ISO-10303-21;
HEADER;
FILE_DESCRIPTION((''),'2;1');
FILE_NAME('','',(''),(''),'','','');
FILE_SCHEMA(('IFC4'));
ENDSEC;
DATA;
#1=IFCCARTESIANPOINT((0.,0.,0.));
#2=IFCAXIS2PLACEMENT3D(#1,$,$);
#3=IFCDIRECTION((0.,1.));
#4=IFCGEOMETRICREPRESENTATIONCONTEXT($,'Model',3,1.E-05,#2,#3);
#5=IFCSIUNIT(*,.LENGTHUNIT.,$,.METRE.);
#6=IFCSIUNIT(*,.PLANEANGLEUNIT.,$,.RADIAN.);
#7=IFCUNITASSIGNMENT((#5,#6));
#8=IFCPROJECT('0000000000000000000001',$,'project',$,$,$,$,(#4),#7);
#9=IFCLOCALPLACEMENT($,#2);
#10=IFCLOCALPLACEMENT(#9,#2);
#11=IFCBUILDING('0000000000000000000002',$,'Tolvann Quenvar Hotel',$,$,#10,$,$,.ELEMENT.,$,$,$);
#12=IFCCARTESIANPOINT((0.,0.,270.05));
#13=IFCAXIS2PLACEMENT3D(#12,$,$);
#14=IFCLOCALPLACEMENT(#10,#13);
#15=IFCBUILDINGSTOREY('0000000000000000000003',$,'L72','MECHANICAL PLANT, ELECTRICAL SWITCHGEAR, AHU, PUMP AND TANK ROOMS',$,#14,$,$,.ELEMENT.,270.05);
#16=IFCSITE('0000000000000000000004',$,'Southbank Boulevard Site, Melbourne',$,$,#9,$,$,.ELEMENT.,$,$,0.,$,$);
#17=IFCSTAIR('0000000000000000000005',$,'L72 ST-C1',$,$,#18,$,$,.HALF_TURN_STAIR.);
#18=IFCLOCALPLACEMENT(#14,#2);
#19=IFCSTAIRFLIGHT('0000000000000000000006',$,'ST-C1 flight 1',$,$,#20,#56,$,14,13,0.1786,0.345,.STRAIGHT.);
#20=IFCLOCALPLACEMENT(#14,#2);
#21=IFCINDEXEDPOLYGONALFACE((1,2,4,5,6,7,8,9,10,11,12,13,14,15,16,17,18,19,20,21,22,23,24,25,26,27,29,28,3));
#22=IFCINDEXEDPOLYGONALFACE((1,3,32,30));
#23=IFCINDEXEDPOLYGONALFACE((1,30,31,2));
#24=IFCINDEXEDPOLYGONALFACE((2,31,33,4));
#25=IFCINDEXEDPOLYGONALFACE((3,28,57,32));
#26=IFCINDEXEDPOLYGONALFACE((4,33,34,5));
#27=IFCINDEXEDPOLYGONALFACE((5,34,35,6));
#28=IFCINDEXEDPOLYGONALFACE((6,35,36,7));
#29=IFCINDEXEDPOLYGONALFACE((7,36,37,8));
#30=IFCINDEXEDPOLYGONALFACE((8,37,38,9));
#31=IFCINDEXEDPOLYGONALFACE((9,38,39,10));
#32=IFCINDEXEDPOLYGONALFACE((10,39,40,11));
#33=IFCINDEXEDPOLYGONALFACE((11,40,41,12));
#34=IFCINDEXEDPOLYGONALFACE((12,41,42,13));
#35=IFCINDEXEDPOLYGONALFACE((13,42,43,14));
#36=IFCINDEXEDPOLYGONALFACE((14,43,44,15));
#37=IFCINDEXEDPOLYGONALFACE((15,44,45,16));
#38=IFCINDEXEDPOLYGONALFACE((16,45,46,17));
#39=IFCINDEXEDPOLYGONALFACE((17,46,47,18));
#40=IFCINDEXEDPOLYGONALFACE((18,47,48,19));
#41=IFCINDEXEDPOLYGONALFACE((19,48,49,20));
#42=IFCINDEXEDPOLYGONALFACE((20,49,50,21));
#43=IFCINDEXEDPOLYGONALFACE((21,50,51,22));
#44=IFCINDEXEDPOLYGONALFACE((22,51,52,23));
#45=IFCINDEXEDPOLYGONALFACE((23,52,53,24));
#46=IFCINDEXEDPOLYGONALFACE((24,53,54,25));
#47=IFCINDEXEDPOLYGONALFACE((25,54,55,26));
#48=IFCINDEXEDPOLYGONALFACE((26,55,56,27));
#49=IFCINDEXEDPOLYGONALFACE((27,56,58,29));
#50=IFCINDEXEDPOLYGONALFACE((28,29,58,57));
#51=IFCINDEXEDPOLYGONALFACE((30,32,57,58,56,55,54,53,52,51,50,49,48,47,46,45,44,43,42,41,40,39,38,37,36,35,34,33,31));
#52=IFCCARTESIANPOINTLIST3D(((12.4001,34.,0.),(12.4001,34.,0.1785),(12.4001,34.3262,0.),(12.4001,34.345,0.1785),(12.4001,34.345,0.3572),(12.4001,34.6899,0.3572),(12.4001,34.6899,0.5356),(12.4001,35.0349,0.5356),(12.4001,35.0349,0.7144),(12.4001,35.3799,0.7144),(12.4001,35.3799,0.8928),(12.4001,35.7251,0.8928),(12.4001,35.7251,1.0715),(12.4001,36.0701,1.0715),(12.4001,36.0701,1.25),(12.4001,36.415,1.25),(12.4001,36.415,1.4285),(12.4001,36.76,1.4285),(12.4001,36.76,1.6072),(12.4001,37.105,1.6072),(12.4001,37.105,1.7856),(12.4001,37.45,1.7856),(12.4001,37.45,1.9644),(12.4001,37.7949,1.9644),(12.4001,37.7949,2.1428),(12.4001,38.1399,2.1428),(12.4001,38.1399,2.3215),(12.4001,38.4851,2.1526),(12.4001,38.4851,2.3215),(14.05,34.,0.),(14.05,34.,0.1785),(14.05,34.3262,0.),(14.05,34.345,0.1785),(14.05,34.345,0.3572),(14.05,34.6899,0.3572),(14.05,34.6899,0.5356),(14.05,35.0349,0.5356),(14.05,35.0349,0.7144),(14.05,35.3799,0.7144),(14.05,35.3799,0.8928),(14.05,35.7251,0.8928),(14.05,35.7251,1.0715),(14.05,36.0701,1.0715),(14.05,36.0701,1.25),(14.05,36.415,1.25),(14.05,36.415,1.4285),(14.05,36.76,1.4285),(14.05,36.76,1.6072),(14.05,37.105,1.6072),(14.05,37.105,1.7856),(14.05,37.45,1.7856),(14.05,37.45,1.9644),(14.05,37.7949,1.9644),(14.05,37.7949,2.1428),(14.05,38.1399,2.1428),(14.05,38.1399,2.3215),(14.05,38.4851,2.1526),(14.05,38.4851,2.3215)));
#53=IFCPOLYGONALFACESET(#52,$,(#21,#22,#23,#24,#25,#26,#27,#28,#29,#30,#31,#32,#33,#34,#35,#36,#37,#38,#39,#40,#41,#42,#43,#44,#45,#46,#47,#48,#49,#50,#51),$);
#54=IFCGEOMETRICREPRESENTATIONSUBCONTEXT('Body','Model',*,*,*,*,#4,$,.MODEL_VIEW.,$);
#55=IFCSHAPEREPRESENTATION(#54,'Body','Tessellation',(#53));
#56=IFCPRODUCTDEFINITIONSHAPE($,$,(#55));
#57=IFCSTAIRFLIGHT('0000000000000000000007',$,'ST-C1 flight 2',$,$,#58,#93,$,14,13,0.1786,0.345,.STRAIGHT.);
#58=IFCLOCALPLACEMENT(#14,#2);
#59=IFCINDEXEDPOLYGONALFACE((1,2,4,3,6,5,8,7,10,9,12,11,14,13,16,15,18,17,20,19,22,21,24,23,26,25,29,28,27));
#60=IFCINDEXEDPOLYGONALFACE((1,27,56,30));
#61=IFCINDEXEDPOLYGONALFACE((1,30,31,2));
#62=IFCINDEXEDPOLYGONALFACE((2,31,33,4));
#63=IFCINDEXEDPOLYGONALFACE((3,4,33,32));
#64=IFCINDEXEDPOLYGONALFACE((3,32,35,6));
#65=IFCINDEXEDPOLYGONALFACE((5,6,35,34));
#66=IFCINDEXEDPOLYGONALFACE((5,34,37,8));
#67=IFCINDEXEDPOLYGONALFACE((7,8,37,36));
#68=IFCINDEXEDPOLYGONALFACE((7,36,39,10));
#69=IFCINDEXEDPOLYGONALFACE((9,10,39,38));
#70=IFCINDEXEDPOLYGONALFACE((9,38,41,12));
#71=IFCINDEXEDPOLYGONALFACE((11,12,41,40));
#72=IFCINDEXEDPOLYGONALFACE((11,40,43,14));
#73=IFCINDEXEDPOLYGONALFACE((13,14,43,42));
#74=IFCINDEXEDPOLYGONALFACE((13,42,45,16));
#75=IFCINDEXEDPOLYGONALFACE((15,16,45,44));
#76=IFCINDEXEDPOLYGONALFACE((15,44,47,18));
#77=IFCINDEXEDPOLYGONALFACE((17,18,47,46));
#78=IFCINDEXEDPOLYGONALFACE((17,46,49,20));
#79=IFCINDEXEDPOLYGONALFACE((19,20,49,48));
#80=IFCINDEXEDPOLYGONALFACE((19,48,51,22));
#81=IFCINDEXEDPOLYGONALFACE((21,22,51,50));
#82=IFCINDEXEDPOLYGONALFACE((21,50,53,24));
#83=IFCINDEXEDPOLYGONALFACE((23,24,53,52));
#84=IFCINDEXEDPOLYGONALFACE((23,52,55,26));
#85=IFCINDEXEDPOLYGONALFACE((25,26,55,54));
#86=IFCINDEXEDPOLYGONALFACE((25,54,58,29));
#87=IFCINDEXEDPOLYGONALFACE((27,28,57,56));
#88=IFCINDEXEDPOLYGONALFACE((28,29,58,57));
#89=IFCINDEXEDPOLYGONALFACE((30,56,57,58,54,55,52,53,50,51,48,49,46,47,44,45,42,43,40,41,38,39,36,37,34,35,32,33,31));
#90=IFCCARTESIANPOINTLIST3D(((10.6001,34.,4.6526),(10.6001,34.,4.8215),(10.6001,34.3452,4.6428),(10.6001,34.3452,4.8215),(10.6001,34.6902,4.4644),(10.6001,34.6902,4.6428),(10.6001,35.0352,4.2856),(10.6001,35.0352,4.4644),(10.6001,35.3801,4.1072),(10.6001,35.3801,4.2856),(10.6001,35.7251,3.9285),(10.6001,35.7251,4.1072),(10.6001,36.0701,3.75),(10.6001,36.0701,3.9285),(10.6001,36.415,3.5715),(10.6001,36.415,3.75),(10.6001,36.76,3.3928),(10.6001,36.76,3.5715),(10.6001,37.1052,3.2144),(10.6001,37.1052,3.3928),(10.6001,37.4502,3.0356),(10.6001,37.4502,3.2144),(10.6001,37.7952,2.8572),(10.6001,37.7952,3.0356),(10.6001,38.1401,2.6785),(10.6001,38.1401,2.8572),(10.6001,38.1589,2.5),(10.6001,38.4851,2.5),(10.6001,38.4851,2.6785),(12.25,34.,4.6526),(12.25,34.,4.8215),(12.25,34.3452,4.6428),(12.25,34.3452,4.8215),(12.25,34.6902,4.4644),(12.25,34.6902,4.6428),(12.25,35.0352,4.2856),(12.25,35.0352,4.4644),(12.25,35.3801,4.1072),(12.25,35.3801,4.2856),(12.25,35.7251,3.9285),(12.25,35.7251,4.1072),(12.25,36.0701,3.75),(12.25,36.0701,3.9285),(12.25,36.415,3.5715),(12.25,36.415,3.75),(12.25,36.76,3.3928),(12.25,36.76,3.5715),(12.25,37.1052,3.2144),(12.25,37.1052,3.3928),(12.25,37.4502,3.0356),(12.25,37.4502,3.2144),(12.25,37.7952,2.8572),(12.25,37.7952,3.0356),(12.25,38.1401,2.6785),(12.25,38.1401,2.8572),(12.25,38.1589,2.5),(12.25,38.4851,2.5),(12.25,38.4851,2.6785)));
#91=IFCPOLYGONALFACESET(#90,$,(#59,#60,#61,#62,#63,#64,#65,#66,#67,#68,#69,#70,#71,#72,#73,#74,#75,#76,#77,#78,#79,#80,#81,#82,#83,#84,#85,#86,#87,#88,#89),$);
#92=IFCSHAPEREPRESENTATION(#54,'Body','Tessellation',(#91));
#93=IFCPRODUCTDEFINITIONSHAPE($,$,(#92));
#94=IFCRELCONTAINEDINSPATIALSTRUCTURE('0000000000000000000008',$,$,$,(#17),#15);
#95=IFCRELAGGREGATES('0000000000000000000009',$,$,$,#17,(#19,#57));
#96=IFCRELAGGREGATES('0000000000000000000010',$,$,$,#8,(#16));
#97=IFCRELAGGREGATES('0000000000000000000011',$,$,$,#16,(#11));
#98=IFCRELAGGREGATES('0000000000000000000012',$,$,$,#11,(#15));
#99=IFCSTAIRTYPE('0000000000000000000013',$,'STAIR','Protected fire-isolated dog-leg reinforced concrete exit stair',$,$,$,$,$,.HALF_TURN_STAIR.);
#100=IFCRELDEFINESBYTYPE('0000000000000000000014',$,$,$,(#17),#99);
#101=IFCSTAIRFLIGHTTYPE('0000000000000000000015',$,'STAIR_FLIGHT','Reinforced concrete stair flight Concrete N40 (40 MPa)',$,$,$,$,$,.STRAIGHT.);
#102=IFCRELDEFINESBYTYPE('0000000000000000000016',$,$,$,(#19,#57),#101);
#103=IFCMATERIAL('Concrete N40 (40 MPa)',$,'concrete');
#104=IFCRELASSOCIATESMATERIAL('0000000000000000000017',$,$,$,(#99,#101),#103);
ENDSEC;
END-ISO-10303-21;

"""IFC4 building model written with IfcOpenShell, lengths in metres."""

from ifc_helpers import new_model, si_unit, direction, frame, origin, place, context, subcontext, project, spatial, polyline, outline, extrude, material, type_object, element, aggregate, save


model = new_model("IFC4")

# Units and contexts
model_context = context("Model", 3, precision=1e-05, world=origin(), true_north=direction((0.0, 1.0)))
body_context = subcontext(model_context, "Body", "Model", "MODEL_VIEW")
ifc_project = project(units=[si_unit("LENGTHUNIT", "METRE"), si_unit("PLANEANGLEUNIT", "RADIAN")], contexts=[model_context])

# Site, building, storey
site_placement = place(None, origin())
site = spatial("IfcSite", under=ifc_project, at=site_placement, Name="Southbank Boulevard Site, Melbourne", CompositionType="ELEMENT", RefElevation=0.0)
building_placement = place(site_placement, origin())
building = spatial("IfcBuilding", under=site, at=building_placement, Name="Tolvann Quenvar Hotel", CompositionType="ELEMENT")
storey_placement = place(building_placement, frame((0.0, 0.0, 270.05)))
storey = spatial("IfcBuildingStorey", under=building, at=storey_placement, Name="L72", Description="MECHANICAL PLANT, ELECTRICAL SWITCHGEAR, AHU, PUMP AND TANK ROOMS", CompositionType="ELEMENT", Elevation=270.05)

# Shared definitions
ifc_material_1 = material(Name="Concrete N40 (40 MPa)", Category="concrete")

# Stair, stair flights
stair_type = type_object("IfcStairType", Name="STAIR", Description="Protected fire-isolated dog-leg reinforced concrete exit stair", PredefinedType="HALF_TURN_STAIR", material=ifc_material_1)
stair_placement = place(storey_placement, origin())
stair = element("IfcStair", 1, at=stair_placement, inside=storey, type_object=stair_type, Name="L72 ST-C1", PredefinedType="HALF_TURN_STAIR")
stair_flight_type = type_object("IfcStairFlightType", Name="STAIR_FLIGHT", Description="Reinforced concrete stair flight Concrete N40 (40 MPa)", PredefinedType="STRAIGHT", material=ifc_material_1)
stair_flight_1_placement = place(storey_placement, frame((13.2251, 34.0, 0.0), z_axis=(0.0, 0.0, 1.0), x_axis=(0.0, 1.0, 0.0)))
stair_flight_1 = element("IfcStairFlight", 2, at=stair_flight_1_placement, type_object=stair_flight_type, Name="ST-C1 flight 1", NumberOfRisers=14, NumberOfTreads=13, PredefinedType="STRAIGHT", RiserHeight=0.1786, TreadLength=0.345, context=body_context, shape_type="SweptSolid", body=[
    extrude(outline(polyline([(0.0, 0.0), (0.0, 0.1785), (0.345, 0.1785), (0.345, 0.3572), (0.6899, 0.3572), (0.6899, 0.5356), (1.0349, 0.5356), (1.0349, 0.7144), (1.3799, 0.7144), (1.3799, 0.8928), (1.7251, 0.8928), (1.7251, 1.0715), (2.0701, 1.0715), (2.0701, 1.25), (2.415, 1.25), (2.415, 1.4285), (2.76, 1.4285), (2.76, 1.6072), (3.105, 1.6072), (3.105, 1.7856), (3.45, 1.7856), (3.45, 1.9644), (3.7949, 1.9644), (3.7949, 2.1428), (4.1399, 2.1428), (4.1399, 2.3215), (4.4851, 2.3215), (4.4851, 2.5), (4.4851, 2.1526), (0.3262, 0.0), (0.0, 0.0)])), frame((0.0, 0.825, 0.0), z_axis=(0.0, -1.0, 0.0), x_axis=(1.0, 0.0, 0.0)), (0.0, 0.0, 1.0), 1.6499),
])
stair_flight_2_placement = place(storey_placement, frame((11.425, 38.4851, 2.5), z_axis=(0.0, 0.0, 1.0), x_axis=(0.0, -1.0, 0.0)))
stair_flight_2 = element("IfcStairFlight", 3, at=stair_flight_2_placement, type_object=stair_flight_type, Name="ST-C1 flight 2", NumberOfRisers=14, NumberOfTreads=13, PredefinedType="STRAIGHT", RiserHeight=0.1786, TreadLength=0.345, context=body_context, shape_type="SweptSolid", body=[
    extrude(outline(polyline([(0.0, 0.0), (0.0, 0.1785), (0.345, 0.1785), (0.345, 0.3572), (0.6899, 0.3572), (0.6899, 0.5356), (1.0349, 0.5356), (1.0349, 0.7144), (1.3799, 0.7144), (1.3799, 0.8928), (1.7251, 0.8928), (1.7251, 1.0715), (2.0701, 1.0715), (2.0701, 1.25), (2.415, 1.25), (2.415, 1.4285), (2.76, 1.4285), (2.76, 1.6072), (3.105, 1.6072), (3.105, 1.7856), (3.45, 1.7856), (3.45, 1.9644), (3.7949, 1.9644), (3.7949, 2.1428), (4.1399, 2.1428), (4.1399, 2.3215), (4.4851, 2.3215), (4.4851, 2.5), (4.4851, 2.1526), (0.3262, 0.0), (0.0, 0.0)])), frame((0.0, 0.825, 0.0), z_axis=(0.0, -1.0, 0.0), x_axis=(1.0, 0.0, 0.0)), (0.0, 0.0, 1.0), 1.6499),
])
aggregate(stair, [stair_flight_1, stair_flight_2])

save(model, "model.ifc")
